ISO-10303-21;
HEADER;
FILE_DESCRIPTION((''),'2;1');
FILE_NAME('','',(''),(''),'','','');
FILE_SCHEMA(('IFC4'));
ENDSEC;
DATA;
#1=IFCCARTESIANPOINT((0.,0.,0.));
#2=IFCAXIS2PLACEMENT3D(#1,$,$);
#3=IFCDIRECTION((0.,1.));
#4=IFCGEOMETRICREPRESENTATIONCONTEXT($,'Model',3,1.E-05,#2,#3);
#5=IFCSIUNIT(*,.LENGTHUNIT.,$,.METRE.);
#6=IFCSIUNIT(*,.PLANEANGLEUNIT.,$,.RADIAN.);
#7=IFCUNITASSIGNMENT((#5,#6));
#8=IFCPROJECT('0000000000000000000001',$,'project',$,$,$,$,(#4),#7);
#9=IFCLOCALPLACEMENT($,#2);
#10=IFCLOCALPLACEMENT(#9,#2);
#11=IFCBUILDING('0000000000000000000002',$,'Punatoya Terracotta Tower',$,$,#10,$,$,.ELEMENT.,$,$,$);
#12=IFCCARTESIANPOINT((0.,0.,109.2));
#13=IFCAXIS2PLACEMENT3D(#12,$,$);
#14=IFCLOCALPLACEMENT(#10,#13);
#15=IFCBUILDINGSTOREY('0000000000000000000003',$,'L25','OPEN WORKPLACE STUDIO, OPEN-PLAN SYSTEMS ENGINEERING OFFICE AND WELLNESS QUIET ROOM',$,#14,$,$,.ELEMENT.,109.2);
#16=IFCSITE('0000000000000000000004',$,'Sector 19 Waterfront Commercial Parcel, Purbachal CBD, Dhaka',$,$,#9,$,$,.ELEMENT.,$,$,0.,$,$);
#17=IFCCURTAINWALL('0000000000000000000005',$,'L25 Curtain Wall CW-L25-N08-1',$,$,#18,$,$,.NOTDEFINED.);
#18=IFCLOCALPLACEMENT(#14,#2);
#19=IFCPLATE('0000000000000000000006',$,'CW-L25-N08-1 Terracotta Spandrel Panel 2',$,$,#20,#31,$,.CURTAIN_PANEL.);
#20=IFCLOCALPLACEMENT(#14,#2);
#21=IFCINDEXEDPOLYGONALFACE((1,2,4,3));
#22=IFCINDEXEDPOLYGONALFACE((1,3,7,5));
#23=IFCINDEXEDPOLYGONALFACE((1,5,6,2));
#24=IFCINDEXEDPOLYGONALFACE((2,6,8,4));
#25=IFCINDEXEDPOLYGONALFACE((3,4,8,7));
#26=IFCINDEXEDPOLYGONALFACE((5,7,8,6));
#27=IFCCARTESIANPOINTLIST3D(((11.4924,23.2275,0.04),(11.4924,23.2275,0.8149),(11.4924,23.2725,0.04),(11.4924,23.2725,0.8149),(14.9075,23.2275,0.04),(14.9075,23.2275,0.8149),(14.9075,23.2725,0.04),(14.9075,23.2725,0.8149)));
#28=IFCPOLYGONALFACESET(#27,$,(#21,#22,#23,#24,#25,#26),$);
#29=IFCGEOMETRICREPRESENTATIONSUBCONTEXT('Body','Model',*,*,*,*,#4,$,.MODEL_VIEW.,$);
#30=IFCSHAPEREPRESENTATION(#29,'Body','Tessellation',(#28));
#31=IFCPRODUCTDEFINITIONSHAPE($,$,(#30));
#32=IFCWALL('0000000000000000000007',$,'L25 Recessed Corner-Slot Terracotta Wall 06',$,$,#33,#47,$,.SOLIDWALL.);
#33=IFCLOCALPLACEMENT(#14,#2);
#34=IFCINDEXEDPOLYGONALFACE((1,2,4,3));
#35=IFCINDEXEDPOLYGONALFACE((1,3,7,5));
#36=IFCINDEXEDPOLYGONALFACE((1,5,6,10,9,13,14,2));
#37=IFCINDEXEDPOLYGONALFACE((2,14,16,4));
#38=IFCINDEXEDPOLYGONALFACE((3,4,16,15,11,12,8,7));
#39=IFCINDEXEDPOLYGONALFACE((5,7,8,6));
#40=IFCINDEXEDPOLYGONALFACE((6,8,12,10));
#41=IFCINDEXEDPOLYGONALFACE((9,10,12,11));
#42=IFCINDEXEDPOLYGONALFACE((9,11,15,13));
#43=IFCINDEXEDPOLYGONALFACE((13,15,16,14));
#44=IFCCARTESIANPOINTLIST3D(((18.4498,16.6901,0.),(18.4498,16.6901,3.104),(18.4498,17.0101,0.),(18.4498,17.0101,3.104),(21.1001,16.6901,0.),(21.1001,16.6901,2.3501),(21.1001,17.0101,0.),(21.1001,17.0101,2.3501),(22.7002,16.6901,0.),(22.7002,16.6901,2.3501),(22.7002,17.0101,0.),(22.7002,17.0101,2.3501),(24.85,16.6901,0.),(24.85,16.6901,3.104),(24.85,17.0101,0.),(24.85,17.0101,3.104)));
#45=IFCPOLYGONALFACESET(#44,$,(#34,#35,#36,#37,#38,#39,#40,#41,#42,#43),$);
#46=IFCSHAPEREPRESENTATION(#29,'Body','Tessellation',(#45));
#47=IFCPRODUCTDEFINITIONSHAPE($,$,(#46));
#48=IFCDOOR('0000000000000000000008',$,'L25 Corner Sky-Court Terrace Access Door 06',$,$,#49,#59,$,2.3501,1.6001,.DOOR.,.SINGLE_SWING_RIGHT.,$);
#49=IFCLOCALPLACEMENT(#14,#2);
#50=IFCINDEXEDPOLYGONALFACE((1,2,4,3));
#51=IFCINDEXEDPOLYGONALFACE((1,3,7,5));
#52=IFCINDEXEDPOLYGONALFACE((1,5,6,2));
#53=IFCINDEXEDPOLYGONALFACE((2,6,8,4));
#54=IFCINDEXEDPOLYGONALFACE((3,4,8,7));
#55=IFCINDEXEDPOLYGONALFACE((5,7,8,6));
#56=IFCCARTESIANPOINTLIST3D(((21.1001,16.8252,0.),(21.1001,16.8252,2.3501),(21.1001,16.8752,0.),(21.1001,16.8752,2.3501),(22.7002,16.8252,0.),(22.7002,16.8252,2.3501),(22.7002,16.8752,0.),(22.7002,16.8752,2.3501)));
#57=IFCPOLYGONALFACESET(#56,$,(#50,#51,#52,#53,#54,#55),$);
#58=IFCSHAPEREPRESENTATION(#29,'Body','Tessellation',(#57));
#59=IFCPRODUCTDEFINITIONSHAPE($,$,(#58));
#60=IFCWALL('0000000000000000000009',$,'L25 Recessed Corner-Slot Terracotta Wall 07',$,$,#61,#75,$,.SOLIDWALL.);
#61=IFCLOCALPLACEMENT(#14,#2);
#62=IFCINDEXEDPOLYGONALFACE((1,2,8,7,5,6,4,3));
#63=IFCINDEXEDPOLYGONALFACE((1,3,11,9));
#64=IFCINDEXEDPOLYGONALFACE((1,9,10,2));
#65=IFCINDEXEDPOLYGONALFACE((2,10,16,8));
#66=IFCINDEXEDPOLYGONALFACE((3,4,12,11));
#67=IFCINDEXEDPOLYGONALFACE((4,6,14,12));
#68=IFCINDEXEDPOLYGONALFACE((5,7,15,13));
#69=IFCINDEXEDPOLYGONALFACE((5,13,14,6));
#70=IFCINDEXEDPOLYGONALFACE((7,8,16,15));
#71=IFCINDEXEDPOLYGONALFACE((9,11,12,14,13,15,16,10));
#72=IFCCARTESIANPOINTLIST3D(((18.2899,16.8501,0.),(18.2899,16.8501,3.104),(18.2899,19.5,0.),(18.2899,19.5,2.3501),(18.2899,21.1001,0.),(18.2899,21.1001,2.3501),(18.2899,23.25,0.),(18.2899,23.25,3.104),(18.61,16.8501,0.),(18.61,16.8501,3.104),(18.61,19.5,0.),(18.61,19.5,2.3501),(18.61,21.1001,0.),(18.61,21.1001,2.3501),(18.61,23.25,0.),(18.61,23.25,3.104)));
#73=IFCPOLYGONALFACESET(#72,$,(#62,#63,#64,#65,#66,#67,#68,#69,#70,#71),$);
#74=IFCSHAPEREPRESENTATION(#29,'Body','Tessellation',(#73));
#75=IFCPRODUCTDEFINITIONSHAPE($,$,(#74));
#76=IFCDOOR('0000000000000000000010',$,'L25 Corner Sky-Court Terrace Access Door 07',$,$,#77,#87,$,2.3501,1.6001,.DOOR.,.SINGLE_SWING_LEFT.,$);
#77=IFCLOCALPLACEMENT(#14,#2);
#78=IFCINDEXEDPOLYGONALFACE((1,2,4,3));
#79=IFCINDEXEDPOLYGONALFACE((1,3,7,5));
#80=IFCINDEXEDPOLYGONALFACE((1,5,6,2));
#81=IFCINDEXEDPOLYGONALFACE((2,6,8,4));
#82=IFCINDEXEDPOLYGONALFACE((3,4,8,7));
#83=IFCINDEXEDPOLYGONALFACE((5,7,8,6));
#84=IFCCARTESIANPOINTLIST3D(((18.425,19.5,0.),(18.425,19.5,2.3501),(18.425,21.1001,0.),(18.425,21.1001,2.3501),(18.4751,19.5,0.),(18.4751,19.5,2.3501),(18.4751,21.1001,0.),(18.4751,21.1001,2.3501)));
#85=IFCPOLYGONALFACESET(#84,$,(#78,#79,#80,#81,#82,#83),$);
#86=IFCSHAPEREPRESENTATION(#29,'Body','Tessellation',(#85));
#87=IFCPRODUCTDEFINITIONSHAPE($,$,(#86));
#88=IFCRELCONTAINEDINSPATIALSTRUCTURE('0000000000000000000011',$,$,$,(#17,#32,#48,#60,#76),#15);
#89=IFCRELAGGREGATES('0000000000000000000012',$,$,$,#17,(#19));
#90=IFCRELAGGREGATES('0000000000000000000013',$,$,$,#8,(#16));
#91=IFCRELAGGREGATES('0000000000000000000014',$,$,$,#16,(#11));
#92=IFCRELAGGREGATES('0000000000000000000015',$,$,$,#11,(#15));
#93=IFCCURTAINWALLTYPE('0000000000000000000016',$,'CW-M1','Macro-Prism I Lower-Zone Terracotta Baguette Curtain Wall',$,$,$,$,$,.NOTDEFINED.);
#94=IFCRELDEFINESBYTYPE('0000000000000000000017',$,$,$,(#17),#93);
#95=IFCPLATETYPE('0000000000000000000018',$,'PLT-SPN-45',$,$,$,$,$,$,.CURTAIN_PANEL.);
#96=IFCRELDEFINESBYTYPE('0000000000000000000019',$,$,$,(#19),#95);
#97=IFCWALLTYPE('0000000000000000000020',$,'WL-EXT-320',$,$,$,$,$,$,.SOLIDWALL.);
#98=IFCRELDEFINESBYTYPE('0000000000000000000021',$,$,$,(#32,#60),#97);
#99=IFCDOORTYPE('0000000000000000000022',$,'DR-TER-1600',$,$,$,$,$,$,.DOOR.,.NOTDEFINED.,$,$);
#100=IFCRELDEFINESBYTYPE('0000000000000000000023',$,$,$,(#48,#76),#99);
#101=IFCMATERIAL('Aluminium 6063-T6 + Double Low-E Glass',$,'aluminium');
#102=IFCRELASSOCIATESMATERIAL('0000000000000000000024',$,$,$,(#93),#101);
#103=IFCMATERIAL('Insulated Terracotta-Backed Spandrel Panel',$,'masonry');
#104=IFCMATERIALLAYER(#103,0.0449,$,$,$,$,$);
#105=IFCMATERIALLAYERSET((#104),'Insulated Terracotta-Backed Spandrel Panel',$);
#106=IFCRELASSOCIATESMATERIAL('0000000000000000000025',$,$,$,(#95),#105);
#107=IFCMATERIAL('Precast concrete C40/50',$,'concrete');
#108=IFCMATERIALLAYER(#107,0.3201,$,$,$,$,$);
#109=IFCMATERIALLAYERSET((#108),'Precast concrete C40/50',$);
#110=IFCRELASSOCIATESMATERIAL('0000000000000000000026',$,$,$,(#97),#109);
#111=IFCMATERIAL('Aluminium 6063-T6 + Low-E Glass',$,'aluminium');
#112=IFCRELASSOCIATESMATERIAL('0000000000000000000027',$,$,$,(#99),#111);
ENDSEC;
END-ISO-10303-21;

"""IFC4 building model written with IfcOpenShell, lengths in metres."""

from ifc_helpers import new_model, si_unit, direction, frame, frame_2d, origin, origin_2d, place, context, subcontext, project, spatial, rectangle, extrude, material, layer, layer_set, type_object, element, fill, aggregate, save


model = new_model("IFC4")

# Units and contexts
model_context = context("Model", 3, precision=1e-05, world=origin(), true_north=direction((0.0, 1.0)))
body_context = subcontext(model_context, "Body", "Model", "MODEL_VIEW")
ifc_project = project(units=[si_unit("LENGTHUNIT", "METRE"), si_unit("PLANEANGLEUNIT", "RADIAN")], contexts=[model_context])

# Site, building, storey
site_placement = place(None, origin())
site = spatial("IfcSite", under=ifc_project, at=site_placement, Name="Sector 19 Waterfront Commercial Parcel, Purbachal CBD, Dhaka", CompositionType="ELEMENT", RefElevation=0.0)
building_placement = place(site_placement, origin())
building = spatial("IfcBuilding", under=site, at=building_placement, Name="Punatoya Terracotta Tower", CompositionType="ELEMENT")
storey_placement = place(building_placement, frame((0.0, 0.0, 109.2)))
storey = spatial("IfcBuildingStorey", under=building, at=storey_placement, Name="L25", Description="OPEN WORKPLACE STUDIO, OPEN-PLAN SYSTEMS ENGINEERING OFFICE AND WELLNESS QUIET ROOM", CompositionType="ELEMENT", Elevation=109.2)

# Curtain wall
ifc_material_1 = material(Name="Aluminium 6063-T6 + Double Low-E Glass", Category="aluminium")
curtain_wall_type = type_object("IfcCurtainWallType", Name="CW-M1", Description="Macro-Prism I Lower-Zone Terracotta Baguette Curtain Wall", PredefinedType="NOTDEFINED", material=ifc_material_1)
curtain_wall_1_placement = place(storey_placement, origin())
curtain_wall_1 = element("IfcCurtainWall", 1, at=curtain_wall_1_placement, inside=storey, type_object=curtain_wall_type, Name="L25 Curtain Wall CW-L25-N08-1", PredefinedType="NOTDEFINED")

# Plate
ifc_material_2 = material(Name="Insulated Terracotta-Backed Spandrel Panel", Category="masonry")
ifc_layer_1 = layer(ifc_material_2, 0.0449)
ifc_layer_set_1 = layer_set([ifc_layer_1], Name="Insulated Terracotta-Backed Spandrel Panel")
plate_type_1 = type_object("IfcPlateType", Name="PLT-SPN-45", PredefinedType="CURTAIN_PANEL", material=ifc_layer_set_1)
plate_1_placement = place(storey_placement, frame((13.2, 23.25, 0.04), z_axis=(0.0, 0.0, 1.0), x_axis=(-1.0, 0.0, 0.0)))
plate_1 = element("IfcPlate", 2, at=plate_1_placement, type_object=plate_type_1, Name="CW-L25-N08-1 Terracotta Spandrel Panel 2", PredefinedType="CURTAIN_PANEL", context=body_context, shape_type="SweptSolid", body=[
    extrude(rectangle(XDim=3.415, YDim=0.0449, at=origin_2d()), origin(), (0.0, 0.0, 1.0), 0.7749),
])
aggregate(curtain_wall_1, [plate_1])

# Walls, openings, doors
ifc_material_3 = material(Name="Precast concrete C40/50", Category="concrete")
ifc_layer_2 = layer(ifc_material_3, 0.3201)
ifc_layer_set_2 = layer_set([ifc_layer_2], Name="Precast concrete C40/50")
wall_type = type_object("IfcWallType", Name="WL-EXT-320", PredefinedType="SOLIDWALL", material=ifc_layer_set_2)
wall_1_placement = place(storey_placement, frame((24.8501, 16.8501, 0.0), z_axis=(0.0, 0.0, 1.0), x_axis=(-1.0, 0.0, 0.0)))
wall_1 = element("IfcWall", 3, at=wall_1_placement, inside=storey, type_object=wall_type, Name="L25 Recessed Corner-Slot Terracotta Wall 06", PredefinedType="SOLIDWALL", context=body_context, shape_type="SweptSolid", body=[
    extrude(rectangle(XDim=6.4001, YDim=0.3201, at=frame_2d((3.2002, 0.0))), origin(), (0.0, 0.0, 1.0), 3.104),
])
opening_1_placement = place(wall_1_placement, frame((2.1499, 0.0, 0.0)))
opening_1 = element("IfcOpeningElement", 4, at=opening_1_placement, cuts=wall_1, PredefinedType="OPENING", context=body_context, shape_type="SweptSolid", body=[
    extrude(rectangle(XDim=1.6001, YDim=2.3501, at=frame_2d((0.8, 1.175))), frame((0.0, 0.1699, 0.0), z_axis=(0.0, -1.0, 0.0), x_axis=(1.0, 0.0, 0.0)), (0.0, 0.0, 1.0), 0.3401),
])
ifc_material_4 = material(Name="Aluminium 6063-T6 + Low-E Glass", Category="aluminium")
door_type = type_object("IfcDoorType", Name="DR-TER-1600", OperationType="NOTDEFINED", PredefinedType="DOOR", material=ifc_material_4)
door_1_placement = place(opening_1_placement, origin())
door_1 = element("IfcDoor", 5, at=door_1_placement, inside=storey, type_object=door_type, Name="L25 Corner Sky-Court Terrace Access Door 06", OperationType="SINGLE_SWING_RIGHT", OverallHeight=2.3501, OverallWidth=1.6001, PredefinedType="DOOR", context=body_context, shape_type="SweptSolid", body=[
    extrude(rectangle(XDim=1.6001, YDim=2.3501, at=frame_2d((0.8, 1.175))), frame((0.0, 0.0249, 0.0), z_axis=(0.0, -1.0, 0.0), x_axis=(1.0, 0.0, 0.0)), (0.0, 0.0, 1.0), 0.05),
])
fill(opening_1, door_1)
wall_2_placement = place(storey_placement, frame((18.45, 16.8501, 0.0), z_axis=(0.0, 0.0, 1.0), x_axis=(0.0, 1.0, 0.0)))
wall_2 = element("IfcWall", 6, at=wall_2_placement, inside=storey, type_object=wall_type, Name="L25 Recessed Corner-Slot Terracotta Wall 07", PredefinedType="SOLIDWALL", context=body_context, shape_type="SweptSolid", body=[
    extrude(rectangle(XDim=6.3999, YDim=0.3201, at=frame_2d((3.2, 0.0))), origin(), (0.0, 0.0, 1.0), 3.104),
])
opening_2_placement = place(wall_2_placement, frame((2.6499, 0.0, 0.0)))
opening_2 = element("IfcOpeningElement", 7, at=opening_2_placement, cuts=wall_2, PredefinedType="OPENING", context=body_context, shape_type="SweptSolid", body=[
    extrude(rectangle(XDim=1.6001, YDim=2.3501, at=frame_2d((0.8, 1.175))), frame((0.0, 0.1699, 0.0), z_axis=(0.0, -1.0, 0.0), x_axis=(1.0, 0.0, 0.0)), (0.0, 0.0, 1.0), 0.3401),
])
door_2_placement = place(opening_2_placement, origin())
door_2 = element("IfcDoor", 8, at=door_2_placement, inside=storey, type_object=door_type, Name="L25 Corner Sky-Court Terrace Access Door 07", OperationType="SINGLE_SWING_LEFT", OverallHeight=2.3501, OverallWidth=1.6001, PredefinedType="DOOR", context=body_context, shape_type="SweptSolid", body=[
    extrude(rectangle(XDim=1.6001, YDim=2.3501, at=frame_2d((0.8, 1.175))), frame((0.0, 0.0249, 0.0), z_axis=(0.0, -1.0, 0.0), x_axis=(1.0, 0.0, 0.0)), (0.0, 0.0, 1.0), 0.05),
])
fill(opening_2, door_2)

save(model, "model.ifc")
